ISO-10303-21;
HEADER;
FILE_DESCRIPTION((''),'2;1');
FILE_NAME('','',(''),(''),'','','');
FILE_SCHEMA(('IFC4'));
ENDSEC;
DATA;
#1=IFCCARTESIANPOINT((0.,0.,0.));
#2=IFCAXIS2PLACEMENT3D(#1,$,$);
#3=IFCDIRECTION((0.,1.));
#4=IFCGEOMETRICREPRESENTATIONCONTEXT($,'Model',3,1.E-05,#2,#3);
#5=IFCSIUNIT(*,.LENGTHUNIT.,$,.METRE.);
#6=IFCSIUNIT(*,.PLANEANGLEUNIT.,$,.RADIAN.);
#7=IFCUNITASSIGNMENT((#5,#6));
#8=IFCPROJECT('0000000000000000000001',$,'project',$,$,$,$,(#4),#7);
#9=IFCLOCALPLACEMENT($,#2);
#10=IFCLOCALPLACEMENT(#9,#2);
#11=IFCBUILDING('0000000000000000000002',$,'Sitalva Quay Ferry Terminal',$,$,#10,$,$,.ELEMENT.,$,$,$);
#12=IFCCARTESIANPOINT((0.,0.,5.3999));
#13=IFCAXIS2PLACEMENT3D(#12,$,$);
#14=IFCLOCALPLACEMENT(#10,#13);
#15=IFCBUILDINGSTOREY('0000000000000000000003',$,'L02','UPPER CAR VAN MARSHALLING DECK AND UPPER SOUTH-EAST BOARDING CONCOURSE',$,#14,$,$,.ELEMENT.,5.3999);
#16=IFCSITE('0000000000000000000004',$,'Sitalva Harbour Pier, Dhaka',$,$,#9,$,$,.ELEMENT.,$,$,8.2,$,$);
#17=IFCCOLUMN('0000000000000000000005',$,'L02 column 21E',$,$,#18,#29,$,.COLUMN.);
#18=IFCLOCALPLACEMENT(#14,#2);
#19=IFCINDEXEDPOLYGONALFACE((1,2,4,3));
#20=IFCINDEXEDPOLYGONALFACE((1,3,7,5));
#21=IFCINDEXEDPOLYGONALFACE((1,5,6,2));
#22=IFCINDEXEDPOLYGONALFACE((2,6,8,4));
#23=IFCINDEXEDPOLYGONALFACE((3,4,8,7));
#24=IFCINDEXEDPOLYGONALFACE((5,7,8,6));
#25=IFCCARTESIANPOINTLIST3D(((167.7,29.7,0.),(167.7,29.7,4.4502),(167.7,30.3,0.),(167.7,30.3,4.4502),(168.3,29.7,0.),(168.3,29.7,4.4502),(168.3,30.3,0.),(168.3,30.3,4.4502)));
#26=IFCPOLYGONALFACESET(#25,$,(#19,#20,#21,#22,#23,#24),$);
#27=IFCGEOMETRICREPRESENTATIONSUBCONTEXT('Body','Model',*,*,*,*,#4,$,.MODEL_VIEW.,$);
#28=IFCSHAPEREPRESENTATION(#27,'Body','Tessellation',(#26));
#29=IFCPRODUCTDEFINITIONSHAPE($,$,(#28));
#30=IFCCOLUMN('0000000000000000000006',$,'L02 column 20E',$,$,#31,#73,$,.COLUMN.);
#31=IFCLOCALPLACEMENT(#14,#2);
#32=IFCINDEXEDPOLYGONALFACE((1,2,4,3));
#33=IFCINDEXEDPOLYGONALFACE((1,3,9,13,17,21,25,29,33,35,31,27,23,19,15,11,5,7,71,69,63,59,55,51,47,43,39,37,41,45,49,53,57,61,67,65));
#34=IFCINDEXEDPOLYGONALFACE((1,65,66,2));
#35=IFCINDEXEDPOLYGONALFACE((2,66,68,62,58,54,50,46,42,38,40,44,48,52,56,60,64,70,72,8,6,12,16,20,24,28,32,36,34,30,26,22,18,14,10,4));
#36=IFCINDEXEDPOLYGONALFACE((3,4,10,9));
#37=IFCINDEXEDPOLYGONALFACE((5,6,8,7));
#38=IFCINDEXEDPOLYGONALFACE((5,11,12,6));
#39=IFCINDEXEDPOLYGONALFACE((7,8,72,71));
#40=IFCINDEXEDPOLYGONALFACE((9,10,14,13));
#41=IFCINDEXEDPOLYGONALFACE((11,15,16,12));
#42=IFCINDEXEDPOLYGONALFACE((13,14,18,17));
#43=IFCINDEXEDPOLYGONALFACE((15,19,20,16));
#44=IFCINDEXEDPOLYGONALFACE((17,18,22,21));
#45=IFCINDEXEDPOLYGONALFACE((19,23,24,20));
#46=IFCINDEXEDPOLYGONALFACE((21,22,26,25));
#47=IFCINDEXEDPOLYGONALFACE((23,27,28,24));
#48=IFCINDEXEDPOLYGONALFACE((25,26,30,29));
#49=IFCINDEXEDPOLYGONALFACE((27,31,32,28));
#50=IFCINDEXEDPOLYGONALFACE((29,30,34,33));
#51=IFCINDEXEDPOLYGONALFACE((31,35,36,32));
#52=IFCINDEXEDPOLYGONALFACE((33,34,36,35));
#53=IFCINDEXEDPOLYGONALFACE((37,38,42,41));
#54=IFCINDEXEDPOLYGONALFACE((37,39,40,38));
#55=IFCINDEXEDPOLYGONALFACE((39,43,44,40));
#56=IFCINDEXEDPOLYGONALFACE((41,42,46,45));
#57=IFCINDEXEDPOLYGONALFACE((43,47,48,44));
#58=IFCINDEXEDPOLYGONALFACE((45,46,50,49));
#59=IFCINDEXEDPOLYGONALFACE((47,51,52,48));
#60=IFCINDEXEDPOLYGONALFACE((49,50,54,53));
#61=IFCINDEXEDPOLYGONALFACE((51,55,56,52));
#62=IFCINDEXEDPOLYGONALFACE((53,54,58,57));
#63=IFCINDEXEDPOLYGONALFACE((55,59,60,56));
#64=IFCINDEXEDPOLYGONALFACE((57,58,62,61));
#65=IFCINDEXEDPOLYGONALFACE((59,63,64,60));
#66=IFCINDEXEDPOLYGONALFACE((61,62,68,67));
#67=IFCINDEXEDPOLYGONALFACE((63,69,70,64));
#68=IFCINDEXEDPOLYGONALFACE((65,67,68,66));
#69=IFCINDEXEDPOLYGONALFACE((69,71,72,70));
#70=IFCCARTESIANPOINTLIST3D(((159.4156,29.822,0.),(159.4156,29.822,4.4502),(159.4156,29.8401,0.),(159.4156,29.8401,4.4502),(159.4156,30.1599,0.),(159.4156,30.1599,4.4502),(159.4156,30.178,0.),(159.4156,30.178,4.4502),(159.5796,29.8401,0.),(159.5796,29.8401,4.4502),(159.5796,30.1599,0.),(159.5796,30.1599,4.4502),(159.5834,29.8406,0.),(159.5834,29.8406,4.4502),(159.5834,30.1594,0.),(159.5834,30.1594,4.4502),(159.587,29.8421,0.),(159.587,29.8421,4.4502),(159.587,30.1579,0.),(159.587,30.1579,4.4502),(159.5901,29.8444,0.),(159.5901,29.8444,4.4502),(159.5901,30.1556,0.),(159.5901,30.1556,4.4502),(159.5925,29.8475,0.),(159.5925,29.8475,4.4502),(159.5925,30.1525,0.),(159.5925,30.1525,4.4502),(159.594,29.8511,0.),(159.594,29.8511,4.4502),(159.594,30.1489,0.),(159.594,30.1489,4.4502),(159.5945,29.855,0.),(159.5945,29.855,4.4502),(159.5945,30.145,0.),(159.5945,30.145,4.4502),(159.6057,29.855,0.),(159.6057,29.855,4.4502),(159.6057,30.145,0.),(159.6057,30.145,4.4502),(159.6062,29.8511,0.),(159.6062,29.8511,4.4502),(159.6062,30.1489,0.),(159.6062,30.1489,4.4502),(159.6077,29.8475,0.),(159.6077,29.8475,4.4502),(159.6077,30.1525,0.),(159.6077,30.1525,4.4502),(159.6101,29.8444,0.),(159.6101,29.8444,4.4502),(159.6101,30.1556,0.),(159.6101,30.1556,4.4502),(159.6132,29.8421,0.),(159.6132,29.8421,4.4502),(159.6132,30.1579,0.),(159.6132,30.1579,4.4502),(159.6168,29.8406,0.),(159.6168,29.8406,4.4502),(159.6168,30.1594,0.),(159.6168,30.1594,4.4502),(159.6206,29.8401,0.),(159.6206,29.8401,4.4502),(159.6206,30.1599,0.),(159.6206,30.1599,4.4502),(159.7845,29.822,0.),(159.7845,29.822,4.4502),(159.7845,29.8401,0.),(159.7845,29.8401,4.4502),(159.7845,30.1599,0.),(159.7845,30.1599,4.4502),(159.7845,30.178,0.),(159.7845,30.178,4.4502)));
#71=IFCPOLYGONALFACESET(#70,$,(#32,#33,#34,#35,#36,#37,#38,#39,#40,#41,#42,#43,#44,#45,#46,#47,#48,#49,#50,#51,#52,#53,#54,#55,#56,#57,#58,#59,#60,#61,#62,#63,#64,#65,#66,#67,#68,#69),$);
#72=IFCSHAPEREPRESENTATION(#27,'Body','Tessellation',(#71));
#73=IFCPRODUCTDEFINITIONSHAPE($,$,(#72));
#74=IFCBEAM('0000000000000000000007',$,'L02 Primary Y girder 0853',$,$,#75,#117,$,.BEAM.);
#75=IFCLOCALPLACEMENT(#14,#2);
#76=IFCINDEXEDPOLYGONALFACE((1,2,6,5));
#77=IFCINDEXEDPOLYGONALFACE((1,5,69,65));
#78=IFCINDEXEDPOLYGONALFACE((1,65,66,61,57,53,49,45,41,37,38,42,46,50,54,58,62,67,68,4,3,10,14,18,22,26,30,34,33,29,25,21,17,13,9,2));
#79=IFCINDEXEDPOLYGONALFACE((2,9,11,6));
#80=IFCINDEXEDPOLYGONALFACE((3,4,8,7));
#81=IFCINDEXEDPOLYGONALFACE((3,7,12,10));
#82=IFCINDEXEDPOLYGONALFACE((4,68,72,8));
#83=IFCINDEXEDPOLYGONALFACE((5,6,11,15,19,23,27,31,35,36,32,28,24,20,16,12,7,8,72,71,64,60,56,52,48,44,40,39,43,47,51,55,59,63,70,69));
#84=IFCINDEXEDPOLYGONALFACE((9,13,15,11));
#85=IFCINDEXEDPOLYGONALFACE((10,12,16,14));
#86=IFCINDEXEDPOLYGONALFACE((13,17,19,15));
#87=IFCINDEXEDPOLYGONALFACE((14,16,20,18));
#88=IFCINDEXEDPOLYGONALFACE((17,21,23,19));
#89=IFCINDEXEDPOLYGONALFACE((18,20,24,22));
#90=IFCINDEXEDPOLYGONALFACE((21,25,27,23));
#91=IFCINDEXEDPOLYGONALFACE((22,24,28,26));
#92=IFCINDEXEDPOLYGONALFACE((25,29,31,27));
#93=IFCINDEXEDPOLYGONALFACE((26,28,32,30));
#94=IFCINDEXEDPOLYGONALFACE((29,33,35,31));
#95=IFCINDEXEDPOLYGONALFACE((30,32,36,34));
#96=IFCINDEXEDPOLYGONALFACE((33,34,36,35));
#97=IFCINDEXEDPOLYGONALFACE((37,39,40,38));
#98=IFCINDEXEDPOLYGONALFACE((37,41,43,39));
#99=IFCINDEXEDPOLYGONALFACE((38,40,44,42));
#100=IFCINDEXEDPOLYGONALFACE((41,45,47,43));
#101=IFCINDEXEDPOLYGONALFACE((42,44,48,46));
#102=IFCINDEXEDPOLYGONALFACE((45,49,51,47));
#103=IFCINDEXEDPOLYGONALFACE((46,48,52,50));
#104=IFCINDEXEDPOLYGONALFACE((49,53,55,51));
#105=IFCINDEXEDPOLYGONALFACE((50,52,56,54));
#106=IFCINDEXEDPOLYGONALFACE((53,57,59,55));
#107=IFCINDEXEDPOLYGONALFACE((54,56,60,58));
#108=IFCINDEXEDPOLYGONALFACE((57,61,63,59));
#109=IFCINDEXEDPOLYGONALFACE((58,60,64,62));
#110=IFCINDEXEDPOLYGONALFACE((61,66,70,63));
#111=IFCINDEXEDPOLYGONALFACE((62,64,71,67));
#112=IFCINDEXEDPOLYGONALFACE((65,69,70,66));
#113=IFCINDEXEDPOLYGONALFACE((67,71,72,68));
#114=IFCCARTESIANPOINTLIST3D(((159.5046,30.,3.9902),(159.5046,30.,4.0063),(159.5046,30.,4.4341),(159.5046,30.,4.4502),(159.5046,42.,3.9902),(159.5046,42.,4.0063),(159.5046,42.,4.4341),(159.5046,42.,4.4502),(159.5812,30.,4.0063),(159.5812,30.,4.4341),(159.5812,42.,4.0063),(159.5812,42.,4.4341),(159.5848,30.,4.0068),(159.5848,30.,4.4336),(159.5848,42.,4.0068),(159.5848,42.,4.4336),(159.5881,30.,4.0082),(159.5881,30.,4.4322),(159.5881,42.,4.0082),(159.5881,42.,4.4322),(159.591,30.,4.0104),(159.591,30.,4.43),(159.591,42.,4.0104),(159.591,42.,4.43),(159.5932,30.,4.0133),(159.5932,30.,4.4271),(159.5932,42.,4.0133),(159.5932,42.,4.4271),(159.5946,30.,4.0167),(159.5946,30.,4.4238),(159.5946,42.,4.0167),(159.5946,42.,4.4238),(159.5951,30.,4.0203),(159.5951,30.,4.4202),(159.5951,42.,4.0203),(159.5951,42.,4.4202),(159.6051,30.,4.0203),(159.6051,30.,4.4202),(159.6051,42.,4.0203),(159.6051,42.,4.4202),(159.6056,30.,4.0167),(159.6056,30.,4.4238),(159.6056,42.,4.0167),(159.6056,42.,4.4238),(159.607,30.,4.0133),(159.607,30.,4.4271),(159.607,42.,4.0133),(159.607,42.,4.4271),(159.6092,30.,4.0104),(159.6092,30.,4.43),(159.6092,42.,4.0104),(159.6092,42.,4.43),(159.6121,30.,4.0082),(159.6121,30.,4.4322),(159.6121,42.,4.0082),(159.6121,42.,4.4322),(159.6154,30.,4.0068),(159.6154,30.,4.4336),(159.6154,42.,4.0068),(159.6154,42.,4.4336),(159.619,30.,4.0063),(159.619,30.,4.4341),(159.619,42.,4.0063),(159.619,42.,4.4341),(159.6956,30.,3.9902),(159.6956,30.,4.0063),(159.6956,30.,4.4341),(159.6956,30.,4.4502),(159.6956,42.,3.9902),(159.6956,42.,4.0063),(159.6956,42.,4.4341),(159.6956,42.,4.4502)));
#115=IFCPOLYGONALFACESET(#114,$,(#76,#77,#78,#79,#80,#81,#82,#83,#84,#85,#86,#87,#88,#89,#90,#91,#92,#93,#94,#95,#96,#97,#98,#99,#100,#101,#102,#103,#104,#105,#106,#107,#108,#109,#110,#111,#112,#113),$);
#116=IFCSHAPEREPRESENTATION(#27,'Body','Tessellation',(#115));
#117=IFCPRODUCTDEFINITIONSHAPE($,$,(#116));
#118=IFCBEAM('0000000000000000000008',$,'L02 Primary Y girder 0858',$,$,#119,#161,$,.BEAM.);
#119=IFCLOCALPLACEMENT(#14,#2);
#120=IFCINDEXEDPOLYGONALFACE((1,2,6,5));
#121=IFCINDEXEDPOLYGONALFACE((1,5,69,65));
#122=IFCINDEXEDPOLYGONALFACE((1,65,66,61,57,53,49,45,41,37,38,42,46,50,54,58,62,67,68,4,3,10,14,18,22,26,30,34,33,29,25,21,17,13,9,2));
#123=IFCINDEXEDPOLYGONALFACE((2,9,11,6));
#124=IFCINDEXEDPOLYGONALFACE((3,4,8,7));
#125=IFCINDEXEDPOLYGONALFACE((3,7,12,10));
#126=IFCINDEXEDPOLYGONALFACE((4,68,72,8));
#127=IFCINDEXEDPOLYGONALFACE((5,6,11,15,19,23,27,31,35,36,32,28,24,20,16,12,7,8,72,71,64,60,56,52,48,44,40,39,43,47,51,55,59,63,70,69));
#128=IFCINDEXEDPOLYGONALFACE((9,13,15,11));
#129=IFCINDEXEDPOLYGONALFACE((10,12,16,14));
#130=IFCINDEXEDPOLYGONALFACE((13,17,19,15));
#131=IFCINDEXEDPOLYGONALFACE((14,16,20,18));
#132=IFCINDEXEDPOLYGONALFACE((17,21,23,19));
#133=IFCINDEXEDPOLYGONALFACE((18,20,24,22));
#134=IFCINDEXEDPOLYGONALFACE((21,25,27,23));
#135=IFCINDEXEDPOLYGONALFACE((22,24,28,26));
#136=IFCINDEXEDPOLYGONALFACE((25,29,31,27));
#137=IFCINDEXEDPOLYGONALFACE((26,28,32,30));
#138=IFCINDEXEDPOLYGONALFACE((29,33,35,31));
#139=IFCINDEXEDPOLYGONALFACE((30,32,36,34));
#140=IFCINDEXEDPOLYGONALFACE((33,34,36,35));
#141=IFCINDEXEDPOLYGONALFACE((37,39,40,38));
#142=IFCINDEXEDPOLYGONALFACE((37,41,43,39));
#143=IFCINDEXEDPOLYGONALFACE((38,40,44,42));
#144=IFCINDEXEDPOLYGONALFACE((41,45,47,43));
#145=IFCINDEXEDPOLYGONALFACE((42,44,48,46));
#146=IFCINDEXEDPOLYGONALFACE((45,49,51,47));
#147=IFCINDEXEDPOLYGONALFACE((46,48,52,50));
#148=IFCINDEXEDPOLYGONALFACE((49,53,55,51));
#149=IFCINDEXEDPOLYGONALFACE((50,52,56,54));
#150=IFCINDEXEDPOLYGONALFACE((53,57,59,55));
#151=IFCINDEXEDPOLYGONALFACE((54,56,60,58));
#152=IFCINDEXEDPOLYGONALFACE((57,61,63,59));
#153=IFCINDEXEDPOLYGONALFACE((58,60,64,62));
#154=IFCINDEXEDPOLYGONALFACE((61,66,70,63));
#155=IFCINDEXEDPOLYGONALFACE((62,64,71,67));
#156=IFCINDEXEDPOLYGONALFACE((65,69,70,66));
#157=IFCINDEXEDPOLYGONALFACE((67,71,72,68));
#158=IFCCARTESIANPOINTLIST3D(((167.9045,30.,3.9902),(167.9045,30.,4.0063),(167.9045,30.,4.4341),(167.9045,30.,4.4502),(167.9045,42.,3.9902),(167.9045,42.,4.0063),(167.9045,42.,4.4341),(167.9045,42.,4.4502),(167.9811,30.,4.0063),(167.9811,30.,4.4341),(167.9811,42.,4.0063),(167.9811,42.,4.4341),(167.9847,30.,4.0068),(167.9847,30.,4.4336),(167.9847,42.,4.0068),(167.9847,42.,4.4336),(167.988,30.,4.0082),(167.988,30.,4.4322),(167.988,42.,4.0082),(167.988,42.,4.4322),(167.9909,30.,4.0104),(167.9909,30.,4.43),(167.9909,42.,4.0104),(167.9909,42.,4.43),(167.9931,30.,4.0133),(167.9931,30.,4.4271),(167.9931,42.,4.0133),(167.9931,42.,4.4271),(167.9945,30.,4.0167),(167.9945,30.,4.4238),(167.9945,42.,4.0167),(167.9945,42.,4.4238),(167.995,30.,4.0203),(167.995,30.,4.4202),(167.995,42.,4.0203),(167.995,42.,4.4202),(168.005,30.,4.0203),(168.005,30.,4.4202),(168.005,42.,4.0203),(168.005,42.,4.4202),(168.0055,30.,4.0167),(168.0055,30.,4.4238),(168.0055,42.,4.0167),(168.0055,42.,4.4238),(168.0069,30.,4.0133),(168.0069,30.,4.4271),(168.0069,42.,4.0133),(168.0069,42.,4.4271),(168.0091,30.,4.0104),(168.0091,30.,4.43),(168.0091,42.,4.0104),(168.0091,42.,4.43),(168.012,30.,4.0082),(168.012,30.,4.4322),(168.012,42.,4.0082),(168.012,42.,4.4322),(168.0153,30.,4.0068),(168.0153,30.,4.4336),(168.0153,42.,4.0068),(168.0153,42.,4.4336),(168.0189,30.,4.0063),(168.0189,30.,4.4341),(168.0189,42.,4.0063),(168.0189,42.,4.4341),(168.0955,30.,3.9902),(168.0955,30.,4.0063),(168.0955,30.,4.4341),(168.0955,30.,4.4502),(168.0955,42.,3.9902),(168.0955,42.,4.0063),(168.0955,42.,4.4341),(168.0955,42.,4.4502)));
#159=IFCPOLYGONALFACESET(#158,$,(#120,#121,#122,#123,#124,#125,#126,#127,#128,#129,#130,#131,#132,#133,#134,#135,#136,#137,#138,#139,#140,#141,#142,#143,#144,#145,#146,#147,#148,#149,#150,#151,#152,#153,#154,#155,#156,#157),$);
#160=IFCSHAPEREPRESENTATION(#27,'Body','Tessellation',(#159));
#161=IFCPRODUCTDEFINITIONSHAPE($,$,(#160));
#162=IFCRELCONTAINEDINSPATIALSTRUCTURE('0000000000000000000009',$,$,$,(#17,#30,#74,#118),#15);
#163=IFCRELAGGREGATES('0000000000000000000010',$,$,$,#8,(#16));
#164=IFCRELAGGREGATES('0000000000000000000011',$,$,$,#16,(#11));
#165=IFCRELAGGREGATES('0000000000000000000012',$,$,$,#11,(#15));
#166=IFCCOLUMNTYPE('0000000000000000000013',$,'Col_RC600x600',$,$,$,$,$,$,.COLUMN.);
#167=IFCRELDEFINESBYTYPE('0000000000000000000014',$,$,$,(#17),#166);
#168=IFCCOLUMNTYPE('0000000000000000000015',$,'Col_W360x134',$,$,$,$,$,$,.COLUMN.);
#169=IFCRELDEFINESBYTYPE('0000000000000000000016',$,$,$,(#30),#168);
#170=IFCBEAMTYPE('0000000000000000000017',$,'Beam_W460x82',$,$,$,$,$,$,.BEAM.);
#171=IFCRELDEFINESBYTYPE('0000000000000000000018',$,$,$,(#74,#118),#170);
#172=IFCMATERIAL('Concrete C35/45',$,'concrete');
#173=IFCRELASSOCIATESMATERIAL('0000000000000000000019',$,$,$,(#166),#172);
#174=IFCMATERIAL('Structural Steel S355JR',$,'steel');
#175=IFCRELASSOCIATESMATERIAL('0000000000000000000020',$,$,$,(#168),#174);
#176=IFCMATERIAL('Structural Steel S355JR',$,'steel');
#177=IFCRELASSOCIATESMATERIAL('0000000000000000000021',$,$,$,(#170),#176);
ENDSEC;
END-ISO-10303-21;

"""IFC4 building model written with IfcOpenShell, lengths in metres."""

from ifc_helpers import new_model, si_unit, direction, frame, origin, origin_2d, place, context, subcontext, project, spatial, rectangle, i_section, extrude, material, material_profile, profile_set, type_object, element, save


model = new_model("IFC4")

# Units and contexts
model_context = context("Model", 3, precision=1e-05, world=origin(), true_north=direction((0.0, 1.0)))
body_context = subcontext(model_context, "Body", "Model", "MODEL_VIEW")
ifc_project = project(units=[si_unit("LENGTHUNIT", "METRE"), si_unit("PLANEANGLEUNIT", "RADIAN")], contexts=[model_context])

# Site, building, storey
site_placement = place(None, origin())
site = spatial("IfcSite", under=ifc_project, at=site_placement, Name="Sitalva Harbour Pier, Dhaka", CompositionType="ELEMENT", RefElevation=8.2)
building_placement = place(site_placement, origin())
building = spatial("IfcBuilding", under=site, at=building_placement, Name="Sitalva Quay Ferry Terminal", CompositionType="ELEMENT")
storey_placement = place(building_placement, frame((0.0, 0.0, 5.3999)))
storey = spatial("IfcBuildingStorey", under=building, at=storey_placement, Name="L02", Description="UPPER CAR VAN MARSHALLING DECK AND UPPER SOUTH-EAST BOARDING CONCOURSE", CompositionType="ELEMENT", Elevation=5.3999)

# Columns
ifc_material_1 = material(Name="Concrete C35/45", Category="concrete")
ifc_material_profile_1 = material_profile(ifc_material_1, rectangle(XDim=0.6001, YDim=0.6001, at=origin_2d()), Name="RC600x600")
ifc_profile_set_1 = profile_set([ifc_material_profile_1], Name="Concrete C35/45")
column_type_1 = type_object("IfcColumnType", Name="Col_RC600x600", PredefinedType="COLUMN", material=ifc_profile_set_1)
column_1_placement = place(storey_placement, frame((168.0, 30.0, 0.0), z_axis=(0.0, 0.0, 1.0), x_axis=(1.0, 0.0, 0.0)))
element("IfcColumn", 1, at=column_1_placement, inside=storey, type_object=column_type_1, Name="L02 column 21E", PredefinedType="COLUMN", context=body_context, shape_type="SweptSolid", body=[
    extrude(rectangle(XDim=0.6001, YDim=0.6001, at=origin_2d()), origin(), (0.0, 0.0, 1.0), 4.4502),
])
ifc_material_2 = material(Name="Structural Steel S355JR", Category="steel")
ifc_material_profile_2 = material_profile(ifc_material_2, i_section(OverallWidth=0.3689, OverallDepth=0.356, WebThickness=0.0112, FlangeThickness=0.0181, FilletRadius=0.0149, at=origin_2d()), Name="W360x134")
ifc_profile_set_2 = profile_set([ifc_material_profile_2], Name="Structural Steel S355JR")
column_type_2 = type_object("IfcColumnType", Name="Col_W360x134", PredefinedType="COLUMN", material=ifc_profile_set_2)
column_2_placement = place(storey_placement, frame((159.6001, 30.0, 0.0), z_axis=(0.0, 0.0, 1.0), x_axis=(1.0, 0.0, 0.0)))
element("IfcColumn", 2, at=column_2_placement, inside=storey, type_object=column_type_2, Name="L02 column 20E", PredefinedType="COLUMN", context=body_context, shape_type="SweptSolid", body=[
    extrude(i_section(OverallWidth=0.3689, OverallDepth=0.356, WebThickness=0.0112, FlangeThickness=0.0181, FilletRadius=0.0149, at=origin_2d()), origin(), (0.0, 0.0, 1.0), 4.4502),
])

# Beams
ifc_material_3 = material(Name="Structural Steel S355JR", Category="steel")
ifc_material_profile_3 = material_profile(ifc_material_3, i_section(OverallWidth=0.1909, OverallDepth=0.46, WebThickness=0.01, FlangeThickness=0.0161, FilletRadius=0.0139, at=origin_2d()), Name="W460x82")
ifc_profile_set_3 = profile_set([ifc_material_profile_3], Name="Structural Steel S355JR")
beam_type_1 = type_object("IfcBeamType", Name="Beam_W460x82", PredefinedType="BEAM", material=ifc_profile_set_3)
for number, where, z_axis, x_axis, name in (
    (3, (159.6001, 30.0, 4.2202), (0.0, 1.0, 0.0), (-1.0, 0.0, 0.0), "L02 Primary Y girder 0853"),
    (4, (168.0, 30.0, 4.2202), (0.0, 1.0, 0.0), (-1.0, 0.0, 0.0), "L02 Primary Y girder 0858"),
):
    element("IfcBeam", number, at=place(storey_placement, frame(where, z_axis=z_axis, x_axis=x_axis)), inside=storey, type_object=beam_type_1, Name=name, PredefinedType="BEAM", context=body_context, shape_type="SweptSolid", body=[
        extrude(i_section(OverallWidth=0.1909, OverallDepth=0.46, WebThickness=0.01, FlangeThickness=0.0161, FilletRadius=0.0139, at=origin_2d()), origin(), (0.0, 0.0, 1.0), 12.0),
    ])

save(model, "model.ifc")
